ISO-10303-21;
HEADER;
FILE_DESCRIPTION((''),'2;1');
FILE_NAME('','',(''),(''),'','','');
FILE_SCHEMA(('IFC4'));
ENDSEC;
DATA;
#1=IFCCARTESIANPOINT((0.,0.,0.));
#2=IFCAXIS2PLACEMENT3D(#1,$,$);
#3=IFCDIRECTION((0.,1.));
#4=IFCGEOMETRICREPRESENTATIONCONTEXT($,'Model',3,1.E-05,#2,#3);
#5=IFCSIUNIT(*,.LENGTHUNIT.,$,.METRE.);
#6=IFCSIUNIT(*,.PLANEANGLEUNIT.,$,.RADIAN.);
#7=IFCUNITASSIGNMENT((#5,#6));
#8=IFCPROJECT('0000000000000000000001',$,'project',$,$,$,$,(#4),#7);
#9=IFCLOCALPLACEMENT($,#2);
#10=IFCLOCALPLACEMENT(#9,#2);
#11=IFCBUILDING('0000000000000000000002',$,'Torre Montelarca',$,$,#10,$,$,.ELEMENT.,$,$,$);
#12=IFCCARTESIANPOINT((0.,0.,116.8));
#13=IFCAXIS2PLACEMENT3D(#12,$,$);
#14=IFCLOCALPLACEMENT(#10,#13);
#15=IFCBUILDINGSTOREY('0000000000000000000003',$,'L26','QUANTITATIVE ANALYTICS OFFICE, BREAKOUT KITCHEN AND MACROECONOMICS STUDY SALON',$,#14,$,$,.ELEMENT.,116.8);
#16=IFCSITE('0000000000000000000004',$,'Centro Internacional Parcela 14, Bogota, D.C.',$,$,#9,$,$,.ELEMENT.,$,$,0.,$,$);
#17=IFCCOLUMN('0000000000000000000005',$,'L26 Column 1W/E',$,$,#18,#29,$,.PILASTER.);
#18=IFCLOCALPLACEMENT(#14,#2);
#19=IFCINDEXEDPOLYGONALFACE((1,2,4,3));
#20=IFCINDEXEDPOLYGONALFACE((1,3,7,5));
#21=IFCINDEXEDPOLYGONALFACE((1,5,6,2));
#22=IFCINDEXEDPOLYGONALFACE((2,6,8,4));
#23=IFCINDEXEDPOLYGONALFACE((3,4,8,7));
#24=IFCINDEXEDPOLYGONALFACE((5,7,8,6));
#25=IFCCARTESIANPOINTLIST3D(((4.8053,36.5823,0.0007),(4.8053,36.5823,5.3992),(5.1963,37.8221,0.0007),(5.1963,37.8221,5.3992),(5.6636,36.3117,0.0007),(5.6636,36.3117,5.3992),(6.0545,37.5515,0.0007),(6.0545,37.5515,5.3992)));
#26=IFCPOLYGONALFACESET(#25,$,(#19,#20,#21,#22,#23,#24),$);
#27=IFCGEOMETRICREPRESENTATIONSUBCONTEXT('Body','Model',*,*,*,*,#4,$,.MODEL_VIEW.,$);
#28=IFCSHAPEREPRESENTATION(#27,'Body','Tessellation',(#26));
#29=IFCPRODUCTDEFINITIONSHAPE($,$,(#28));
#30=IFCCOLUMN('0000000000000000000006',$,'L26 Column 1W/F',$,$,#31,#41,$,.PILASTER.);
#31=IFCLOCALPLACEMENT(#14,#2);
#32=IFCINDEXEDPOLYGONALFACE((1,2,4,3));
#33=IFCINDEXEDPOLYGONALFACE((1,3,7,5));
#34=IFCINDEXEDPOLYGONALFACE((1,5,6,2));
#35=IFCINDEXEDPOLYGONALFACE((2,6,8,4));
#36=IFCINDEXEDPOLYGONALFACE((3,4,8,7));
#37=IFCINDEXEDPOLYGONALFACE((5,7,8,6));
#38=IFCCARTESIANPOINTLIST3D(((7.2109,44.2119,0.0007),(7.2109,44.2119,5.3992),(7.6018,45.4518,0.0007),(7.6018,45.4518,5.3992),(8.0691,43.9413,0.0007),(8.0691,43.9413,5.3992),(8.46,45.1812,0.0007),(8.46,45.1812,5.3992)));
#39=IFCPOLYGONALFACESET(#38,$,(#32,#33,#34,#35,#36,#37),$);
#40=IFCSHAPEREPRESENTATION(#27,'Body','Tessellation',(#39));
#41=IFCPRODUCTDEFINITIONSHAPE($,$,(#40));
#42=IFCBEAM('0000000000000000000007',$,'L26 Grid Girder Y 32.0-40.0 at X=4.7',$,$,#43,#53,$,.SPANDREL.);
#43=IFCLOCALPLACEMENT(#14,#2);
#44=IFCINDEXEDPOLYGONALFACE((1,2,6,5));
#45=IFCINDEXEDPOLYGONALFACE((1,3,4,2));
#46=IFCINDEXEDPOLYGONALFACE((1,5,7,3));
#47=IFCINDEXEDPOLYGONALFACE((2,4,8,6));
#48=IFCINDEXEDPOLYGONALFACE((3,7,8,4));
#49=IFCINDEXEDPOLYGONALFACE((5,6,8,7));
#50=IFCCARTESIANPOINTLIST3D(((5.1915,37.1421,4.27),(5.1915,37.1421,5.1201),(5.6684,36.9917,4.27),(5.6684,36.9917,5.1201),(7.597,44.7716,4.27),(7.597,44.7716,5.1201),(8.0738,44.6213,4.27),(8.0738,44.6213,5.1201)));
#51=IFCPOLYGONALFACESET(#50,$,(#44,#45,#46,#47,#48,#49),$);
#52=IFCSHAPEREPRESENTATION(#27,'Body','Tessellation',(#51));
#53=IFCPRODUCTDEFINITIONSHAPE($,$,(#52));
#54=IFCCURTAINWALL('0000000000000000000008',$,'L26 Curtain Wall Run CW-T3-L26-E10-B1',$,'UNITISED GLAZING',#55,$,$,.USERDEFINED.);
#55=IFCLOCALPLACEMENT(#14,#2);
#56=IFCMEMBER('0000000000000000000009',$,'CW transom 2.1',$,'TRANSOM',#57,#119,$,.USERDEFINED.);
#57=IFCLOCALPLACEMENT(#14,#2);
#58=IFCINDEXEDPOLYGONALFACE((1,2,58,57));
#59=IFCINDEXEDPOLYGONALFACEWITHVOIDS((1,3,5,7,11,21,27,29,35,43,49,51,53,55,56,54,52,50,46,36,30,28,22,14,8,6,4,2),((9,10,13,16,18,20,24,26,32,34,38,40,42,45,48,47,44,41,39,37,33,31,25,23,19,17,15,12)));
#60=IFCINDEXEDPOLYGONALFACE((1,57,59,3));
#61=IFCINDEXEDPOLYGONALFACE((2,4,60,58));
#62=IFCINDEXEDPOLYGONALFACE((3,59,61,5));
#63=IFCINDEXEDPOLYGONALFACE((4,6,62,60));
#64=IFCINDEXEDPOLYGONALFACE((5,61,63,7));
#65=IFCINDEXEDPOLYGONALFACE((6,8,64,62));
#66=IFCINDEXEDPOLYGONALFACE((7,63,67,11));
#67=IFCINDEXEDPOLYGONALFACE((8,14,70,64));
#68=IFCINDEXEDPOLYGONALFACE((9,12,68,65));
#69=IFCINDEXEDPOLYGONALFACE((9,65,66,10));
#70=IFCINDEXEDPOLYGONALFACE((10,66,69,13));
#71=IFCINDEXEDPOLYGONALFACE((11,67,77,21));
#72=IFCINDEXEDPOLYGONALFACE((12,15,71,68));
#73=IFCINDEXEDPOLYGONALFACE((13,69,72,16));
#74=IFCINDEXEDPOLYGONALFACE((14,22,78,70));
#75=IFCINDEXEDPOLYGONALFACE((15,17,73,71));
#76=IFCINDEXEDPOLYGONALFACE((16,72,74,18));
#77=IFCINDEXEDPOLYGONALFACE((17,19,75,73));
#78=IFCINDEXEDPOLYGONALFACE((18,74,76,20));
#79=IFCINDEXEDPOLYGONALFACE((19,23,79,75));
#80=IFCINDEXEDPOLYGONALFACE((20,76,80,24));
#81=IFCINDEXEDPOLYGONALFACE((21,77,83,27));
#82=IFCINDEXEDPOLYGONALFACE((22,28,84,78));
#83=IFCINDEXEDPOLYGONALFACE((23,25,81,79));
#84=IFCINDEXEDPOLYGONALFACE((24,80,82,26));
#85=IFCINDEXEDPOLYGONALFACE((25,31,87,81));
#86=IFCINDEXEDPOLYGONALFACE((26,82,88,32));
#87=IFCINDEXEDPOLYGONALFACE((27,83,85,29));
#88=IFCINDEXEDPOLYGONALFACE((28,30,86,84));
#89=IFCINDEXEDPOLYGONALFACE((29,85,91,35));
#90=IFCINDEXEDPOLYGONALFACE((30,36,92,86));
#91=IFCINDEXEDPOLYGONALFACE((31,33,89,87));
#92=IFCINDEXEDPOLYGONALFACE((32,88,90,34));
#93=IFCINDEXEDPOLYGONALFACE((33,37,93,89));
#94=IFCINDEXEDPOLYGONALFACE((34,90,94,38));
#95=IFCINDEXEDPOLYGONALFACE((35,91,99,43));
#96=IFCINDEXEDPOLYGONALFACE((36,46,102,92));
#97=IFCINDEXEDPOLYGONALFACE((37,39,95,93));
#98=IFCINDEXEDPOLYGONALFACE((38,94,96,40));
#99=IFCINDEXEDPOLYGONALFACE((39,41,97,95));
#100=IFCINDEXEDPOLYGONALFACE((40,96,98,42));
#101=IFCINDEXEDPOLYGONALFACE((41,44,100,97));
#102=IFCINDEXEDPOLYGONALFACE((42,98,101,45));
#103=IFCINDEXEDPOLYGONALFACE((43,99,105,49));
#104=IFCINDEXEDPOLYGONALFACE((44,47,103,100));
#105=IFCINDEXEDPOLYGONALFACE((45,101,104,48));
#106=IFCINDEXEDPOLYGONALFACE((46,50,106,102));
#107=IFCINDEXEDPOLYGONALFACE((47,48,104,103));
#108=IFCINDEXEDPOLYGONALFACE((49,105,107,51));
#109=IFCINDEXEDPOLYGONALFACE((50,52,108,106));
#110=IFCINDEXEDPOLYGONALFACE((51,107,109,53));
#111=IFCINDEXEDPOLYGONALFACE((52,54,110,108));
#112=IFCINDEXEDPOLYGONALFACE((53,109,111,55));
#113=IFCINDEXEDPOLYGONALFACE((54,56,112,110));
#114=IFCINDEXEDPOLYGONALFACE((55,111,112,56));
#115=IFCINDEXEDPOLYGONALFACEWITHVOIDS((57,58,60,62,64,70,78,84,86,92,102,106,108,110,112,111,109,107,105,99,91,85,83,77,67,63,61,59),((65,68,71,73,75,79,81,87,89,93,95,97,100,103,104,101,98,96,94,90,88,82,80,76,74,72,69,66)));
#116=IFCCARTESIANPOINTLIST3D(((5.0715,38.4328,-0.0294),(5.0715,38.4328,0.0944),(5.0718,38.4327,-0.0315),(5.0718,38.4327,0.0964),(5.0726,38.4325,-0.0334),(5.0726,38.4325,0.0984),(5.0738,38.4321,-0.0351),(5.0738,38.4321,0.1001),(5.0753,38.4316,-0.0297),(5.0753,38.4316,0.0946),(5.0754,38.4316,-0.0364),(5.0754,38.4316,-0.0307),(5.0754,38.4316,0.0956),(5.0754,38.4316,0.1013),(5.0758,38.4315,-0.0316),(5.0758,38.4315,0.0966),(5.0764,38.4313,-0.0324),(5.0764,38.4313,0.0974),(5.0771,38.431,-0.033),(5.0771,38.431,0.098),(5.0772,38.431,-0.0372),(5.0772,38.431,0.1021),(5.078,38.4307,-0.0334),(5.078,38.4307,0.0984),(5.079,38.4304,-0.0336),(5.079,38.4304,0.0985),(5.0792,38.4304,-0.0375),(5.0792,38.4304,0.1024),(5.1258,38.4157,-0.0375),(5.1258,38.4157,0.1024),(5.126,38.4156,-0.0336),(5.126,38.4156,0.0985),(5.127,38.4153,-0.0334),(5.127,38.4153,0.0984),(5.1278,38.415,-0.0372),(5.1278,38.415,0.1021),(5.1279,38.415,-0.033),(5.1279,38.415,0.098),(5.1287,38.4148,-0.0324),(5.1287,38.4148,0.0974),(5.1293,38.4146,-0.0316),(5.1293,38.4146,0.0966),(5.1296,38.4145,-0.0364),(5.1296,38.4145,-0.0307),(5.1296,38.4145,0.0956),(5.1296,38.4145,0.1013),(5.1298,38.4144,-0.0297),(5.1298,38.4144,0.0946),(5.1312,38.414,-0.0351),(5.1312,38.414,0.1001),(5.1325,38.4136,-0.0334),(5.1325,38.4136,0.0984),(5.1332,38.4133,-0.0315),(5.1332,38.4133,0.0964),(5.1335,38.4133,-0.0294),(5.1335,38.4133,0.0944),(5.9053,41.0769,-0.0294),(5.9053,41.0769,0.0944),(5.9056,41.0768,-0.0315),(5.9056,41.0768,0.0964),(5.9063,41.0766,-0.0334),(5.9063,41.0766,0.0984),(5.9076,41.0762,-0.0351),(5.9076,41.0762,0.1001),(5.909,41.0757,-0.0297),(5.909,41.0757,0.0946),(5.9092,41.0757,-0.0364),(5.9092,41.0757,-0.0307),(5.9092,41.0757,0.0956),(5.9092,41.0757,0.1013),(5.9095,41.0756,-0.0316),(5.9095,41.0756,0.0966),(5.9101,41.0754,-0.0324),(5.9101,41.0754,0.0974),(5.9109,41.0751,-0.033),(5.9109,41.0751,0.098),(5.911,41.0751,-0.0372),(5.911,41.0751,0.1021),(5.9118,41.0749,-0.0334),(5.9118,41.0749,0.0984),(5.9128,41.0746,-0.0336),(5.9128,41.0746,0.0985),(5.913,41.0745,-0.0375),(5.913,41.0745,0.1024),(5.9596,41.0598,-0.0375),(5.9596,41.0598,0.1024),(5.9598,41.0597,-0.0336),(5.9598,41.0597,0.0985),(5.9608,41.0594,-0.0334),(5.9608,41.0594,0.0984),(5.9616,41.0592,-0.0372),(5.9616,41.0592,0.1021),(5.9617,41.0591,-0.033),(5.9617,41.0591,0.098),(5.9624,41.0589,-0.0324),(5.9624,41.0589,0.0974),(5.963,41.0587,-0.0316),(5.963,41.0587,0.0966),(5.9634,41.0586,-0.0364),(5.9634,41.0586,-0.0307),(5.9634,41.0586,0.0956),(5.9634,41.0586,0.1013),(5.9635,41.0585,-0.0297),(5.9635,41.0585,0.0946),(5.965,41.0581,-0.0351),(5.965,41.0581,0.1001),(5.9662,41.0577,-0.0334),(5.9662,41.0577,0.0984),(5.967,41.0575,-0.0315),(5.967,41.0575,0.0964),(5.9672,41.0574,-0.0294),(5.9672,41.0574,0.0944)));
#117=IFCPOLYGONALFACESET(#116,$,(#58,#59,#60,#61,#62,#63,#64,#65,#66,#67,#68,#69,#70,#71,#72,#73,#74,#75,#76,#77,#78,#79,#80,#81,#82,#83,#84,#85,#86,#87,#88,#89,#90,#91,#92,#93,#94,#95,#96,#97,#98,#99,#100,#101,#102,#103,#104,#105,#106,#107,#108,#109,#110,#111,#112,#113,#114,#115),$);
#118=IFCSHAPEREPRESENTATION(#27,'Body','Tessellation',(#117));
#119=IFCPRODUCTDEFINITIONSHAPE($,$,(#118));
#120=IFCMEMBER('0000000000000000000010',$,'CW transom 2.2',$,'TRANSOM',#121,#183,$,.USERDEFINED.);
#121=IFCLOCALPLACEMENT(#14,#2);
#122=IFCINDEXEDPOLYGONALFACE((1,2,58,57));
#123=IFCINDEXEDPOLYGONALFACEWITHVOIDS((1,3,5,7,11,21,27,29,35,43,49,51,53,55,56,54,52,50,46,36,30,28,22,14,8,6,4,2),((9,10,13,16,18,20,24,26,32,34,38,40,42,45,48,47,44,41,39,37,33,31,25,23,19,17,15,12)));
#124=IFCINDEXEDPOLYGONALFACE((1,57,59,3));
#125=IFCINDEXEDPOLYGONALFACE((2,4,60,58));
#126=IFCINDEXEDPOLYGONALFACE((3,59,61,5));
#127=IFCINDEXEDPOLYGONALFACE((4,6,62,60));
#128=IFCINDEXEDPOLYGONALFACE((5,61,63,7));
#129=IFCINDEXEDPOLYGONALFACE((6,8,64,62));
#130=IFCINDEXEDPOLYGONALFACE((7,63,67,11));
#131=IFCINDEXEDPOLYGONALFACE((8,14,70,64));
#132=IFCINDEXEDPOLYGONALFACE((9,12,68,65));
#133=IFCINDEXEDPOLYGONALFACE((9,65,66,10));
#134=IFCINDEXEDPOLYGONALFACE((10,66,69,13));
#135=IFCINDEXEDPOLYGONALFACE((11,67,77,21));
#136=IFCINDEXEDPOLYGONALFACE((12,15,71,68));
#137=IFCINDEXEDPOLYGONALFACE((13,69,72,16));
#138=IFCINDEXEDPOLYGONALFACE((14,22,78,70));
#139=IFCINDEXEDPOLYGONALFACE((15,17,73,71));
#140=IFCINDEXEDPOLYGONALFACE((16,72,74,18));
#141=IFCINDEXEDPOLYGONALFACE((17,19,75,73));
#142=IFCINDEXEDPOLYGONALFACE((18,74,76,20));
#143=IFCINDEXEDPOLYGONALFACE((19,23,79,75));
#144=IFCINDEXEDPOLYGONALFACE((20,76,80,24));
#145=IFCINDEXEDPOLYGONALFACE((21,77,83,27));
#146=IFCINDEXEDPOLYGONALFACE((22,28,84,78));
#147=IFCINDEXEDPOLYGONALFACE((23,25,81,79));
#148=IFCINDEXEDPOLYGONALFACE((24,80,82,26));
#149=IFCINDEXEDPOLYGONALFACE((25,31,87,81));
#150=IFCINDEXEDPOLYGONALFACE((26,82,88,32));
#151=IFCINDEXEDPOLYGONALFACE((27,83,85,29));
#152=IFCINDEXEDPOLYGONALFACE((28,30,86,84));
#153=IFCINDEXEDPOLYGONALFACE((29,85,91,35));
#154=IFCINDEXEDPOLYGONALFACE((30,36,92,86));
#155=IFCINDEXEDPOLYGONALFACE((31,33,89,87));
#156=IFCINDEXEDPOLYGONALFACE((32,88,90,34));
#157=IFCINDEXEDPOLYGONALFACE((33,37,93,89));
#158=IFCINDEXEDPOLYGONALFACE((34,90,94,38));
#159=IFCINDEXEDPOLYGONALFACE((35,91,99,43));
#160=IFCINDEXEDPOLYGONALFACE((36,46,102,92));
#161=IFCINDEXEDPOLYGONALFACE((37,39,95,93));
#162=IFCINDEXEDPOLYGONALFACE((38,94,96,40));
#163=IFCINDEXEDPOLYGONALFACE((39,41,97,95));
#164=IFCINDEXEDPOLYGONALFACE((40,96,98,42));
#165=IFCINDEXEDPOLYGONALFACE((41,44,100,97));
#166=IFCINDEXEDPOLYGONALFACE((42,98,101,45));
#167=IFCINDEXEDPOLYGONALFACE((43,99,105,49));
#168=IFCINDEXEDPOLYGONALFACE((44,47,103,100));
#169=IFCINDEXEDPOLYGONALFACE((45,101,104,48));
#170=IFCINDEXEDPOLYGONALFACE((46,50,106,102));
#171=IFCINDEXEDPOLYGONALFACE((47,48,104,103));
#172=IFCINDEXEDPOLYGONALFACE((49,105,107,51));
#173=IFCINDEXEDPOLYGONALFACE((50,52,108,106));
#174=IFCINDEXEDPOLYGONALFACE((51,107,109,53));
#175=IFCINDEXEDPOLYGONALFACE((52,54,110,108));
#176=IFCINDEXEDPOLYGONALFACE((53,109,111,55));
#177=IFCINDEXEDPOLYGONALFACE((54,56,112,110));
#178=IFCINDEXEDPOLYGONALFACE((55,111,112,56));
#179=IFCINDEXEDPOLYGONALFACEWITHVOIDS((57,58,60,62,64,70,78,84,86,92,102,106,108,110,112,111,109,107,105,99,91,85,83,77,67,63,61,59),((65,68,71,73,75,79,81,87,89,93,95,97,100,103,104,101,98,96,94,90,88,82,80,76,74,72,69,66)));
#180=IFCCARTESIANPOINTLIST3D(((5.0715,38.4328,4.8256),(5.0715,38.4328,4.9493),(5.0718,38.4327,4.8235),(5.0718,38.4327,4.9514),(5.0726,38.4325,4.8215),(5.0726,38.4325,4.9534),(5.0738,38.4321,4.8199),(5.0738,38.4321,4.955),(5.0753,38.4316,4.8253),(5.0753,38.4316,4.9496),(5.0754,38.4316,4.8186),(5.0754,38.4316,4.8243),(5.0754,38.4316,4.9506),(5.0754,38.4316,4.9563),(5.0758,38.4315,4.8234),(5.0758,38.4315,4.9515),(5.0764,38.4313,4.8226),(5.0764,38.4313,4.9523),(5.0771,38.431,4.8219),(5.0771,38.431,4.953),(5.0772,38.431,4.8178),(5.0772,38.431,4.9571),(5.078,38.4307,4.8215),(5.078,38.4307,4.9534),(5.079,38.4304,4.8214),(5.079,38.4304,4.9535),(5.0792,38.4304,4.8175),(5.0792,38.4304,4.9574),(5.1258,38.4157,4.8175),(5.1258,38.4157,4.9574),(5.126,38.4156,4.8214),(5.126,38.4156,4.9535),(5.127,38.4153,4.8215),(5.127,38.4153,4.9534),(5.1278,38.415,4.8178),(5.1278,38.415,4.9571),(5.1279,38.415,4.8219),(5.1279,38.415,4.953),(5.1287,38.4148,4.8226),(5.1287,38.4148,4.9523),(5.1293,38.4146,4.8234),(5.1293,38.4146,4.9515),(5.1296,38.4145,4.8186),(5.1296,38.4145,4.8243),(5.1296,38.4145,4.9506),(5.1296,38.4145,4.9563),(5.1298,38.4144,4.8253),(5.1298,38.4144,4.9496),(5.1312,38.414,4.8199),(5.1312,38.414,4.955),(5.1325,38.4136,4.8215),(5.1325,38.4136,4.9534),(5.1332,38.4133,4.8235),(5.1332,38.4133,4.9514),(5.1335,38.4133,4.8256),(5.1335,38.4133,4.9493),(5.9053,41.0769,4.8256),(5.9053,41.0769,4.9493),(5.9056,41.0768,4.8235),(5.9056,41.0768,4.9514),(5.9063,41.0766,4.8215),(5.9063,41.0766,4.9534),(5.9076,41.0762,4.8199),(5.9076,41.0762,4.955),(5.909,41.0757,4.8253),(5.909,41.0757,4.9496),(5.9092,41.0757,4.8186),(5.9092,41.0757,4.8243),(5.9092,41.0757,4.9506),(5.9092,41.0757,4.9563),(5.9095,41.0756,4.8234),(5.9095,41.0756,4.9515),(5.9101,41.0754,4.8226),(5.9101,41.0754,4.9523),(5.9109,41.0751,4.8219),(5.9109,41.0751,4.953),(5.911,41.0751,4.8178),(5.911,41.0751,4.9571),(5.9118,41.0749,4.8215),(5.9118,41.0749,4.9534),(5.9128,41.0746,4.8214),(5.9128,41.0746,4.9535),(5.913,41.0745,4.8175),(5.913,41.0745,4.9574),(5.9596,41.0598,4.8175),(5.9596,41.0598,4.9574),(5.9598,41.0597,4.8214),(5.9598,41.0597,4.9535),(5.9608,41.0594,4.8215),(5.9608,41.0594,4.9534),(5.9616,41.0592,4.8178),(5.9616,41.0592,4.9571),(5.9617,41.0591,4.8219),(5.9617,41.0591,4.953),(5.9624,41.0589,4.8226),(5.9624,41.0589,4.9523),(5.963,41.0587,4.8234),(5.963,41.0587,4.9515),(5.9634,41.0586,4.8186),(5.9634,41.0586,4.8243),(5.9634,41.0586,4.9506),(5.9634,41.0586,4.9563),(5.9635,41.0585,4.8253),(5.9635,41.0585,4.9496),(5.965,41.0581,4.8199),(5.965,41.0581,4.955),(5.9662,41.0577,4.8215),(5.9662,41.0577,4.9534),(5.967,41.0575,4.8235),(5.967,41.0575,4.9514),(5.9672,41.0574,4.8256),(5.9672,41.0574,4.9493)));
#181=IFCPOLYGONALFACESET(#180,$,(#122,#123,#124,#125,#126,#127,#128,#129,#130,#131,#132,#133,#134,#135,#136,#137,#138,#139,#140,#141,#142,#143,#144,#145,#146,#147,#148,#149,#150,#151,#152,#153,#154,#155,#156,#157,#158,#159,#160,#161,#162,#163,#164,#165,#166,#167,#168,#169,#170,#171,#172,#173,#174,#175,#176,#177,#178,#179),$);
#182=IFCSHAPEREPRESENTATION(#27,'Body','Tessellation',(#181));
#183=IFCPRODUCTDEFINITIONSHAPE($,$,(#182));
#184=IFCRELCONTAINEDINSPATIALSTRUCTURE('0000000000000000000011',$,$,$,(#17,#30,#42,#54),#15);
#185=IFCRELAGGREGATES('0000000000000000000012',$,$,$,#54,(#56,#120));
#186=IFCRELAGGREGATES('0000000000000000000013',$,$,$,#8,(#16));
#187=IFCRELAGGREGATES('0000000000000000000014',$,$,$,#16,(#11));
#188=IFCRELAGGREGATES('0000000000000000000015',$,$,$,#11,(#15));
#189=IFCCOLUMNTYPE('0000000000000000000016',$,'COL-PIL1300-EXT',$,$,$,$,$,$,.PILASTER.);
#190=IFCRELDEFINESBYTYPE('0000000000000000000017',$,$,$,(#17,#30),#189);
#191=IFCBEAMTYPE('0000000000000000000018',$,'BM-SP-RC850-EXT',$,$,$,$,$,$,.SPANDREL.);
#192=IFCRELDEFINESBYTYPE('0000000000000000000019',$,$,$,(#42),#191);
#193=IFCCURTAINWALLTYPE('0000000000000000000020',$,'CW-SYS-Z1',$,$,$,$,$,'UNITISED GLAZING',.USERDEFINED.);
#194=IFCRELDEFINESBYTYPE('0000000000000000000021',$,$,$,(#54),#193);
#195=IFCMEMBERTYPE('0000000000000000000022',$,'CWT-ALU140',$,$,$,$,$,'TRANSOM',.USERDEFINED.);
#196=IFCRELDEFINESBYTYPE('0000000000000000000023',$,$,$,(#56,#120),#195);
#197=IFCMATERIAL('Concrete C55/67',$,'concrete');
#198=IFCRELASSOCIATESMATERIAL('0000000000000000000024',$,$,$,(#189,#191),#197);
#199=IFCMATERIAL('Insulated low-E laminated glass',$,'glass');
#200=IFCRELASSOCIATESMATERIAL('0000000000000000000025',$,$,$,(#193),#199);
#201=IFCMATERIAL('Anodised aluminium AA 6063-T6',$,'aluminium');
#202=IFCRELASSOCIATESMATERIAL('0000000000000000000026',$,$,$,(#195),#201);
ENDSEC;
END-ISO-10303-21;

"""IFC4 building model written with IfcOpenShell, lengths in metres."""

from ifc_helpers import new_model, si_unit, direction, frame, origin, origin_2d, place, context, subcontext, project, spatial, rectangle, hollow_rectangle, extrude, source, transform, mapped, material, material_profile, profile_set, type_object, element, aggregate, save


model = new_model("IFC4")

# Units and contexts
model_context = context("Model", 3, precision=1e-05, world=origin(), true_north=direction((0.0, 1.0)))
body_context = subcontext(model_context, "Body", "Model", "MODEL_VIEW")
ifc_project = project(units=[si_unit("LENGTHUNIT", "METRE"), si_unit("PLANEANGLEUNIT", "RADIAN")], contexts=[model_context])

# Site, building, storey
site_placement = place(None, origin())
site = spatial("IfcSite", under=ifc_project, at=site_placement, Name="Centro Internacional Parcela 14, Bogota, D.C.", CompositionType="ELEMENT", RefElevation=0.0)
building_placement = place(site_placement, origin())
building = spatial("IfcBuilding", under=site, at=building_placement, Name="Torre Montelarca", CompositionType="ELEMENT")
storey_placement = place(building_placement, frame((0.0, 0.0, 116.8)))
storey = spatial("IfcBuildingStorey", under=building, at=storey_placement, Name="L26", Description="QUANTITATIVE ANALYTICS OFFICE, BREAKOUT KITCHEN AND MACROECONOMICS STUDY SALON", CompositionType="ELEMENT", Elevation=116.8)

# Columns
ifc_material_1 = material(Name="Concrete C55/67", Category="concrete")
ifc_material_profile_1 = material_profile(ifc_material_1, rectangle(XDim=0.8999, YDim=1.3, at=origin_2d()), Name="RC1300X900", Category="concrete")
ifc_profile_set_1 = profile_set([ifc_material_profile_1], Name="Concrete C55/67")
column_type = type_object("IfcColumnType", Name="COL-PIL1300-EXT", PredefinedType="PILASTER", material=ifc_profile_set_1)
shared_shape_1 = source(origin(), body_context, "Body", "SweptSolid", [
    extrude(rectangle(XDim=0.8999, YDim=1.3, at=origin_2d()), origin(), (0.0, 0.0, 1.0), 5.3984),
])
for number, where, z_axis, x_axis, name in (
    (1, (5.4299, 37.0669, 0.0007), (0.0, 0.0, 1.0), (-0.953717, 0.300706, 0.0), "L26 Column 1W/E"),
    (2, (7.8354, 44.6965, 0.0007), (0.0, 0.0, 1.0), (-0.953717, 0.300706, 0.0), "L26 Column 1W/F"),
):
    element("IfcColumn", number, at=place(storey_placement, frame(where, z_axis=z_axis, x_axis=x_axis)), inside=storey, type_object=column_type, Name=name, PredefinedType="PILASTER", context=body_context, shape_type="MappedRepresentation", body=[
        mapped(shared_shape_1, transform((0.0, 0.0, 0.0), scale=1.0)),
    ])

# Beam
ifc_material_profile_2 = material_profile(ifc_material_1, rectangle(XDim=0.5, YDim=0.8501, at=origin_2d()), Name="RCB500X850", Category="concrete")
ifc_profile_set_2 = profile_set([ifc_material_profile_2], Name="Concrete C55/67")
beam_type = type_object("IfcBeamType", Name="BM-SP-RC850-EXT", PredefinedType="SPANDREL", material=ifc_profile_set_2)
shared_shape_2 = source(origin(), body_context, "Body", "SweptSolid", [
    extrude(rectangle(XDim=0.5, YDim=0.8501, at=origin_2d()), origin(), (0.0, 0.0, 1.0), 7.9998),
])
beam_placement = place(storey_placement, frame((5.4299, 37.0669, 4.6951), z_axis=(0.300695, 0.95372, 0.0), x_axis=(-0.95372, 0.300695, 0.0)))
element("IfcBeam", 3, at=beam_placement, inside=storey, type_object=beam_type, Name="L26 Grid Girder Y 32.0-40.0 at X=4.7", PredefinedType="SPANDREL", context=body_context, shape_type="MappedRepresentation", body=[
    mapped(shared_shape_2, transform((0.0, 0.0, 0.0), scale=1.0)),
])

# Curtain wall, members
ifc_material_2 = material(Name="Insulated low-E laminated glass", Category="glass")
curtain_wall_type = type_object("IfcCurtainWallType", Name="CW-SYS-Z1", ElementType="UNITISED GLAZING", PredefinedType="USERDEFINED", material=ifc_material_2)
curtain_wall_1_placement = place(storey_placement, origin())
curtain_wall_1 = element("IfcCurtainWall", 4, at=curtain_wall_1_placement, inside=storey, type_object=curtain_wall_type, Name="L26 Curtain Wall Run CW-T3-L26-E10-B1", ObjectType="UNITISED GLAZING", PredefinedType="USERDEFINED")
ifc_material_3 = material(Name="Anodised aluminium AA 6063-T6", Category="aluminium")
ifc_material_profile_3 = material_profile(ifc_material_3, hollow_rectangle(XDim=0.0649, YDim=0.1399, WallThickness=0.0039, InnerFilletRadius=0.0039, OuterFilletRadius=0.0081, at=origin_2d()), Name="ALU65X140X4", Category="aluminium")
ifc_profile_set_3 = profile_set([ifc_material_profile_3], Name="Anodised aluminium AA 6063-T6")
member_type_1 = type_object("IfcMemberType", Name="CWT-ALU140", ElementType="TRANSOM", PredefinedType="USERDEFINED", material=ifc_profile_set_3)
shared_shape_3 = source(origin(), body_context, "Body", "SweptSolid", [
    extrude(hollow_rectangle(XDim=0.0649, YDim=0.1399, WallThickness=0.0039, InnerFilletRadius=0.0039, OuterFilletRadius=0.0081, at=origin_2d()), origin(), (0.0, 0.0, 1.0), 2.7725),
])
member_1_placement = place(storey_placement, frame((5.9363, 41.0671, 0.0325), z_axis=(-0.300731, -0.953709, 0.0), x_axis=(0.953709, -0.300731, 0.0)))
member_1 = element("IfcMember", 5, at=member_1_placement, type_object=member_type_1, Name="CW transom 2.1", ObjectType="TRANSOM", PredefinedType="USERDEFINED", context=body_context, shape_type="MappedRepresentation", body=[
    mapped(shared_shape_3, transform((0.0, 0.0, 0.0), scale=1.0)),
])
member_2_placement = place(storey_placement, frame((5.9363, 41.0671, 4.8875), z_axis=(-0.300731, -0.953709, 0.0), x_axis=(0.953709, -0.300731, 0.0)))
member_2 = element("IfcMember", 6, at=member_2_placement, type_object=member_type_1, Name="CW transom 2.2", ObjectType="TRANSOM", PredefinedType="USERDEFINED", context=body_context, shape_type="MappedRepresentation", body=[
    mapped(shared_shape_3, transform((0.0, 0.0, 0.0), scale=1.0)),
])

aggregate(curtain_wall_1, [member_1, member_2])

save(model, "model.ifc")
